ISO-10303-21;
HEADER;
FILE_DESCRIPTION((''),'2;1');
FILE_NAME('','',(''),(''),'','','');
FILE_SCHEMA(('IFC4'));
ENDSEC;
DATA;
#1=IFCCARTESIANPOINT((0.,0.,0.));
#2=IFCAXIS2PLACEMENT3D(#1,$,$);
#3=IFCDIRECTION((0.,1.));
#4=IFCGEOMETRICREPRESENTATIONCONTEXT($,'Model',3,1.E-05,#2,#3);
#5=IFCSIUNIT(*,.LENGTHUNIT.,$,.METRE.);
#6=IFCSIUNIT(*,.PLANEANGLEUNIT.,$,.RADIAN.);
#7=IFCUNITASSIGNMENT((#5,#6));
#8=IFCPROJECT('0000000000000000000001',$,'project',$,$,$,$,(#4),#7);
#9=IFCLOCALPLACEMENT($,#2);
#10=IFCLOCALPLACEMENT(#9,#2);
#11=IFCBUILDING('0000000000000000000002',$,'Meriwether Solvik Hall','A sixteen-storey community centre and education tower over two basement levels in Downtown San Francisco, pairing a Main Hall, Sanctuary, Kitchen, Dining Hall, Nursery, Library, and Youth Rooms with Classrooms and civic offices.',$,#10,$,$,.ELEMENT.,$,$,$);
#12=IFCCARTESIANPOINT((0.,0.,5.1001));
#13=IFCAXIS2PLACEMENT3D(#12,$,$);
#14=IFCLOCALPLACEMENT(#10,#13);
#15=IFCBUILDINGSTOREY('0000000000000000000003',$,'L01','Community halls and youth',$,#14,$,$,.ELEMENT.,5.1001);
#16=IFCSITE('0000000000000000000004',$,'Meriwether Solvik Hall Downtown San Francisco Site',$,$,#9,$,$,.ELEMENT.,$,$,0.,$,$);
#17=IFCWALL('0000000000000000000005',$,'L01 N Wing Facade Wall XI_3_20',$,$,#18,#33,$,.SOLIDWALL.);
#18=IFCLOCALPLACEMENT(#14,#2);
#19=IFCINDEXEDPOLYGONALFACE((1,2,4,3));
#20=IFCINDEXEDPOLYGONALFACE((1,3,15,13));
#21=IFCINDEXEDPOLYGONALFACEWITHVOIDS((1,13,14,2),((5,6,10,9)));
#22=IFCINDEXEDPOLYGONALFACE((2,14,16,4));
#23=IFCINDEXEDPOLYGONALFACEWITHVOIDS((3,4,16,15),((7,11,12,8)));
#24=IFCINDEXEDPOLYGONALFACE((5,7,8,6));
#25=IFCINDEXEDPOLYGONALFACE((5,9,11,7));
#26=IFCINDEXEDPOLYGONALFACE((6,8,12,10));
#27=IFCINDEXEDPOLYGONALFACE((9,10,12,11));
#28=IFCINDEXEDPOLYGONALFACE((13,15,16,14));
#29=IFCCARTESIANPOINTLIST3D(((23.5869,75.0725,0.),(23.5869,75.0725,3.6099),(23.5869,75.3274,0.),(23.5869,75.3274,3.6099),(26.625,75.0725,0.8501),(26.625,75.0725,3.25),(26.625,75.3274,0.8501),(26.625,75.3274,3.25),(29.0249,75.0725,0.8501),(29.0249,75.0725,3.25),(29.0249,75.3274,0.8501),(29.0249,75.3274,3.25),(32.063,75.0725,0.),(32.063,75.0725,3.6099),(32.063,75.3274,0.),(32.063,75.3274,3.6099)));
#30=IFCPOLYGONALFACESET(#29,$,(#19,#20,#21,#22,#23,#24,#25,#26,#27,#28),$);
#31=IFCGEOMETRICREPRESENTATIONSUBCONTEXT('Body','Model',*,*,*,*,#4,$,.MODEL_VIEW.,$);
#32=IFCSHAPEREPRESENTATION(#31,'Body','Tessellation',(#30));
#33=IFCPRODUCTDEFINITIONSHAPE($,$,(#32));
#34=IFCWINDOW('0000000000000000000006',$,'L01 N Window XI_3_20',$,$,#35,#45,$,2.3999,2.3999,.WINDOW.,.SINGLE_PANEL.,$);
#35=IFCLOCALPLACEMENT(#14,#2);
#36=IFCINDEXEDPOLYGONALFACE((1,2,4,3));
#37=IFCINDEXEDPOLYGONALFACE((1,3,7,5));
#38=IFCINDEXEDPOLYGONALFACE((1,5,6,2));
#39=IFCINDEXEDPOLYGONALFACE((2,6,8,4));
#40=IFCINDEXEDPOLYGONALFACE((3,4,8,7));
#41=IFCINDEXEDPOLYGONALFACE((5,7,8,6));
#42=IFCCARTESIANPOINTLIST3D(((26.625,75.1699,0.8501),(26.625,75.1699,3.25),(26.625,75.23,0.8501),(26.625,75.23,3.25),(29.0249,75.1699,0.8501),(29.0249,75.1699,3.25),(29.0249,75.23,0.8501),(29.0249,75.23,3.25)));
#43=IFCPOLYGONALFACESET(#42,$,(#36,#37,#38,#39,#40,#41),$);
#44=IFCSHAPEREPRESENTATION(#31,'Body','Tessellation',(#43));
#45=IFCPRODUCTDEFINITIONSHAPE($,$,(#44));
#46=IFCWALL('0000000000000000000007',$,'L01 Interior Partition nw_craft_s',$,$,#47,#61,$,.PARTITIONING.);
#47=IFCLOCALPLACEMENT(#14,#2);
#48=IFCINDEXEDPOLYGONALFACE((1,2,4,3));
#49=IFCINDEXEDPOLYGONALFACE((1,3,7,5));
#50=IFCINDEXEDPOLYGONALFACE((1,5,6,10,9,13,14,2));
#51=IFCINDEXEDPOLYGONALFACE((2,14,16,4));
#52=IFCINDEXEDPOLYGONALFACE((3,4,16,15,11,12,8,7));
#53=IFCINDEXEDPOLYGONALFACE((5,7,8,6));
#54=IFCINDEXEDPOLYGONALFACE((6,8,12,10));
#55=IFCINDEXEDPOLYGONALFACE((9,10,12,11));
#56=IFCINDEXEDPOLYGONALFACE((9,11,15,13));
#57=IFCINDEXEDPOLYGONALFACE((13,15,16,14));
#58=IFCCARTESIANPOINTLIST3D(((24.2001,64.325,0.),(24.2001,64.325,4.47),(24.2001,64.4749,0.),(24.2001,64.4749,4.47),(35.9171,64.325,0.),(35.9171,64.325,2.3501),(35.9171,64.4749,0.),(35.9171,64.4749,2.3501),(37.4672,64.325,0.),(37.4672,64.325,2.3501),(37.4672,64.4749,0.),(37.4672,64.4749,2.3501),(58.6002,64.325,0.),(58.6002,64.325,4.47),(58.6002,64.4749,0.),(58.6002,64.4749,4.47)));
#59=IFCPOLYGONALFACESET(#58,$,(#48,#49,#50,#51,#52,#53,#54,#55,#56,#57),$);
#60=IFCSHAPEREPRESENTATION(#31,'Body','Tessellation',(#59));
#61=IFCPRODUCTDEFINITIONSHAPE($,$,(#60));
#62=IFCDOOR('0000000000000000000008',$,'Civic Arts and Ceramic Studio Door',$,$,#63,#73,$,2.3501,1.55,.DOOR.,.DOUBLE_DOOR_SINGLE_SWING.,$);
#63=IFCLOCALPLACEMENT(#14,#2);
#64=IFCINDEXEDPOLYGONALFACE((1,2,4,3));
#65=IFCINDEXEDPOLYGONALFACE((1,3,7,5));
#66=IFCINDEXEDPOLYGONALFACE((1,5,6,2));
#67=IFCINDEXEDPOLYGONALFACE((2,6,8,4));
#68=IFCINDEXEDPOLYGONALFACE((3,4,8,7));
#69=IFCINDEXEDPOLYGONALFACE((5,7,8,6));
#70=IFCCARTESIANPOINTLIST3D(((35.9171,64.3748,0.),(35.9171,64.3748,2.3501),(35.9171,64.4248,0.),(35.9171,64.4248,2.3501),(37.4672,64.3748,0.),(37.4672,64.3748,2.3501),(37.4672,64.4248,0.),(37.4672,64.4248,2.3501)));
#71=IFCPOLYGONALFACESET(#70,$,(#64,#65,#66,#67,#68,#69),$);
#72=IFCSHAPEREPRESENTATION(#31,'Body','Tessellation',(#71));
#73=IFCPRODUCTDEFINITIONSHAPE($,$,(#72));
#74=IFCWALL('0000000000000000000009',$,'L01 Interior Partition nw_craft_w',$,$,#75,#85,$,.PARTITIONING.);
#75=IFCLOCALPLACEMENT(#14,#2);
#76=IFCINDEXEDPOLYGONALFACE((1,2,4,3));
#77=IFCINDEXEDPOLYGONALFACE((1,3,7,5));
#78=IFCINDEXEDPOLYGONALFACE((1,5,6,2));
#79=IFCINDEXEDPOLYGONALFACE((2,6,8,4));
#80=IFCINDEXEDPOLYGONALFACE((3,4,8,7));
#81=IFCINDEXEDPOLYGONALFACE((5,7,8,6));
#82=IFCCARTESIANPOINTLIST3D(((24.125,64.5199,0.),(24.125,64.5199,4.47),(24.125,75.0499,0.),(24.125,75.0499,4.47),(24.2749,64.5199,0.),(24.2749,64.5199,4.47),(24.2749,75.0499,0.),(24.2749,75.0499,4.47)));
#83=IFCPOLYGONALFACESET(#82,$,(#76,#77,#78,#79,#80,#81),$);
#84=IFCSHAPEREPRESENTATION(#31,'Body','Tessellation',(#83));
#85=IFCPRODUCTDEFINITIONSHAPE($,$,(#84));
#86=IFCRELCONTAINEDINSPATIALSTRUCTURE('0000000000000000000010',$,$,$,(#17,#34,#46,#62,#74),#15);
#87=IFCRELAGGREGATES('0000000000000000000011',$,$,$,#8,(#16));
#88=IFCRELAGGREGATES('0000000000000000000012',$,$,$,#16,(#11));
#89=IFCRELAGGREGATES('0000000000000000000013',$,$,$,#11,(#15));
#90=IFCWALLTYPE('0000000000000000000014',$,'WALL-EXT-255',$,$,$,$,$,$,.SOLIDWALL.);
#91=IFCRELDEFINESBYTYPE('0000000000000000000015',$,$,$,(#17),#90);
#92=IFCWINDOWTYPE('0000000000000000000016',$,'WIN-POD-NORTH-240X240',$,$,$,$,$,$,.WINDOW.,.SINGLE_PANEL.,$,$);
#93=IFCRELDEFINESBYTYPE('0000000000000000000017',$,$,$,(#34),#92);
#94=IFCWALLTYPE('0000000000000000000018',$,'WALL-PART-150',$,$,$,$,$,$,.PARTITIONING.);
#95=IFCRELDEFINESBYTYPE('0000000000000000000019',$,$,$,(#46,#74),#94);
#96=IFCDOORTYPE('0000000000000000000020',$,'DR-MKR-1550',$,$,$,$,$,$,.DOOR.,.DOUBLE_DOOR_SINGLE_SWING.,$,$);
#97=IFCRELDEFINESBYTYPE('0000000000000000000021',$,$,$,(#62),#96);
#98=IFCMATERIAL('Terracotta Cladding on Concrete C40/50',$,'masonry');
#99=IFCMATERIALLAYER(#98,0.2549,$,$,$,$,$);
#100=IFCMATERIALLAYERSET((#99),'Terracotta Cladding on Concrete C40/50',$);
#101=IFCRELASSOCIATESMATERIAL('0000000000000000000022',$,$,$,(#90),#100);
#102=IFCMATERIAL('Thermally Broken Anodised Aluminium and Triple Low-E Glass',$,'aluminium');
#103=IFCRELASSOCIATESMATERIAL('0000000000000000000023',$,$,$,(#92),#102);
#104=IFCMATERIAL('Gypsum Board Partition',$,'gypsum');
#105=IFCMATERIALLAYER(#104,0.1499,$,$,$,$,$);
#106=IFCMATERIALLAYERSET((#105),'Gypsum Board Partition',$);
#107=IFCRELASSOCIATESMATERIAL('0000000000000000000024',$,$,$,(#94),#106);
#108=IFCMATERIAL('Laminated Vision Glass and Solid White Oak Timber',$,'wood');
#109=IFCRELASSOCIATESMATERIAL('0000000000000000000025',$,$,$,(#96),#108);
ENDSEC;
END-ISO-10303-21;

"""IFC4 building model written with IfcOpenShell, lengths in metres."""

from ifc_helpers import new_model, si_unit, direction, frame, frame_2d, origin, place, context, subcontext, project, spatial, rectangle, extrude, material, layer, layer_set, type_object, element, fill, save


model = new_model("IFC4")

# Units and contexts
model_context = context("Model", 3, precision=1e-05, world=origin(), true_north=direction((0.0, 1.0)))
body_context = subcontext(model_context, "Body", "Model", "MODEL_VIEW")
ifc_project = project(units=[si_unit("LENGTHUNIT", "METRE"), si_unit("PLANEANGLEUNIT", "RADIAN")], contexts=[model_context])

# Site, building, storey
site_placement = place(None, origin())
site = spatial("IfcSite", under=ifc_project, at=site_placement, Name="Meriwether Solvik Hall Downtown San Francisco Site", CompositionType="ELEMENT", RefElevation=0.0)
building_placement = place(site_placement, origin())
building = spatial("IfcBuilding", under=site, at=building_placement, Name="Meriwether Solvik Hall", Description="A sixteen-storey community centre and education tower over two basement levels in Downtown San Francisco, pairing a Main Hall, Sanctuary, Kitchen, Dining Hall, Nursery, Library, and Youth Rooms with Classrooms and civic offices.", CompositionType="ELEMENT")
storey_placement = place(building_placement, frame((0.0, 0.0, 5.1001)))
storey = spatial("IfcBuildingStorey", under=building, at=storey_placement, Name="L01", Description="Community halls and youth", CompositionType="ELEMENT", Elevation=5.1001)

# Wall, opening, window
ifc_material_1 = material(Name="Terracotta Cladding on Concrete C40/50", Category="masonry")
ifc_layer_1 = layer(ifc_material_1, 0.2549)
ifc_layer_set_1 = layer_set([ifc_layer_1], Name="Terracotta Cladding on Concrete C40/50")
wall_type_1 = type_object("IfcWallType", Name="WALL-EXT-255", PredefinedType="SOLIDWALL", material=ifc_layer_set_1)
wall_1_placement = place(storey_placement, frame((23.5869, 75.2, 0.0), z_axis=(0.0, 0.0, 1.0), x_axis=(1.0, 0.0, 0.0)))
wall_1 = element("IfcWall", 1, at=wall_1_placement, inside=storey, type_object=wall_type_1, Name="L01 N Wing Facade Wall XI_3_20", PredefinedType="SOLIDWALL", context=body_context, shape_type="SweptSolid", body=[
    extrude(rectangle(XDim=8.4761, YDim=0.2549, at=frame_2d((4.238, 0.0))), origin(), (0.0, 0.0, 1.0), 3.6099),
])
opening_1_placement = place(wall_1_placement, frame((3.0381, 0.0, 0.8501)))
opening_1 = element("IfcOpeningElement", 2, at=opening_1_placement, cuts=wall_1, PredefinedType="OPENING", context=body_context, shape_type="SweptSolid", body=[
    extrude(rectangle(XDim=2.3999, YDim=2.3999, at=frame_2d((1.2, 1.2))), frame((0.0, 0.1394, 0.0), z_axis=(0.0, -1.0, 0.0), x_axis=(1.0, 0.0, 0.0)), (0.0, 0.0, 1.0), 0.2788),
])
ifc_material_2 = material(Name="Thermally Broken Anodised Aluminium and Triple Low-E Glass", Category="aluminium")
window_type = type_object("IfcWindowType", Name="WIN-POD-NORTH-240X240", PartitioningType="SINGLE_PANEL", PredefinedType="WINDOW", material=ifc_material_2)
window_placement = place(opening_1_placement, origin())
window = element("IfcWindow", 3, at=window_placement, inside=storey, type_object=window_type, Name="L01 N Window XI_3_20", OverallHeight=2.3999, OverallWidth=2.3999, PartitioningType="SINGLE_PANEL", PredefinedType="WINDOW", context=body_context, shape_type="SweptSolid", body=[
    extrude(rectangle(XDim=2.3999, YDim=2.3999, at=frame_2d((1.2, 1.2))), frame((0.0, 0.03, 0.0), z_axis=(0.0, -1.0, 0.0), x_axis=(1.0, 0.0, 0.0)), (0.0, 0.0, 1.0), 0.0601),
])
fill(opening_1, window)

# Wall, opening, door
ifc_material_3 = material(Name="Gypsum Board Partition", Category="gypsum")
ifc_layer_2 = layer(ifc_material_3, 0.1499)
ifc_layer_set_2 = layer_set([ifc_layer_2], Name="Gypsum Board Partition")
wall_type_2 = type_object("IfcWallType", Name="WALL-PART-150", PredefinedType="PARTITIONING", material=ifc_layer_set_2)
wall_2_placement = place(storey_placement, frame((24.2, 64.3999, 0.0), z_axis=(0.0, 0.0, 1.0), x_axis=(1.0, 0.0, 0.0)))
wall_2 = element("IfcWall", 4, at=wall_2_placement, inside=storey, type_object=wall_type_2, Name="L01 Interior Partition nw_craft_s", PredefinedType="PARTITIONING", context=body_context, shape_type="SweptSolid", body=[
    extrude(rectangle(XDim=34.4001, YDim=0.1499, at=frame_2d((17.2002, 0.0))), origin(), (0.0, 0.0, 1.0), 4.47),
])
opening_2_placement = place(wall_2_placement, frame((11.7173, 0.0, 0.0)))
opening_2 = element("IfcOpeningElement", 5, at=opening_2_placement, cuts=wall_2, PredefinedType="OPENING", context=body_context, shape_type="SweptSolid", body=[
    extrude(rectangle(XDim=1.55, YDim=2.3501, at=frame_2d((0.7749, 1.175))), frame((0.0, 0.0869, 0.0), z_axis=(0.0, -1.0, 0.0), x_axis=(1.0, 0.0, 0.0)), (0.0, 0.0, 1.0), 0.1738),
])
ifc_material_4 = material(Name="Laminated Vision Glass and Solid White Oak Timber", Category="wood")
door_type = type_object("IfcDoorType", Name="DR-MKR-1550", OperationType="DOUBLE_DOOR_SINGLE_SWING", PredefinedType="DOOR", material=ifc_material_4)
door_placement = place(opening_2_placement, origin())
door = element("IfcDoor", 6, at=door_placement, inside=storey, type_object=door_type, Name="Civic Arts and Ceramic Studio Door", OperationType="DOUBLE_DOOR_SINGLE_SWING", OverallHeight=2.3501, OverallWidth=1.55, PredefinedType="DOOR", context=body_context, shape_type="SweptSolid", body=[
    extrude(rectangle(XDim=1.55, YDim=2.3501, at=frame_2d((0.7749, 1.175))), frame((0.0, 0.0249, 0.0), z_axis=(0.0, -1.0, 0.0), x_axis=(1.0, 0.0, 0.0)), (0.0, 0.0, 1.0), 0.05),
])
fill(opening_2, door)

# Wall
wall_3_placement = place(storey_placement, frame((24.2, 75.05, 0.0), z_axis=(0.0, 0.0, 1.0), x_axis=(0.0, -1.0, 0.0)))
element("IfcWall", 7, at=wall_3_placement, inside=storey, type_object=wall_type_2, Name="L01 Interior Partition nw_craft_w", PredefinedType="PARTITIONING", context=body_context, shape_type="SweptSolid", body=[
    extrude(rectangle(XDim=10.53, YDim=0.1499, at=frame_2d((5.2651, 0.0))), origin(), (0.0, 0.0, 1.0), 4.47),
])

save(model, "model.ifc")
